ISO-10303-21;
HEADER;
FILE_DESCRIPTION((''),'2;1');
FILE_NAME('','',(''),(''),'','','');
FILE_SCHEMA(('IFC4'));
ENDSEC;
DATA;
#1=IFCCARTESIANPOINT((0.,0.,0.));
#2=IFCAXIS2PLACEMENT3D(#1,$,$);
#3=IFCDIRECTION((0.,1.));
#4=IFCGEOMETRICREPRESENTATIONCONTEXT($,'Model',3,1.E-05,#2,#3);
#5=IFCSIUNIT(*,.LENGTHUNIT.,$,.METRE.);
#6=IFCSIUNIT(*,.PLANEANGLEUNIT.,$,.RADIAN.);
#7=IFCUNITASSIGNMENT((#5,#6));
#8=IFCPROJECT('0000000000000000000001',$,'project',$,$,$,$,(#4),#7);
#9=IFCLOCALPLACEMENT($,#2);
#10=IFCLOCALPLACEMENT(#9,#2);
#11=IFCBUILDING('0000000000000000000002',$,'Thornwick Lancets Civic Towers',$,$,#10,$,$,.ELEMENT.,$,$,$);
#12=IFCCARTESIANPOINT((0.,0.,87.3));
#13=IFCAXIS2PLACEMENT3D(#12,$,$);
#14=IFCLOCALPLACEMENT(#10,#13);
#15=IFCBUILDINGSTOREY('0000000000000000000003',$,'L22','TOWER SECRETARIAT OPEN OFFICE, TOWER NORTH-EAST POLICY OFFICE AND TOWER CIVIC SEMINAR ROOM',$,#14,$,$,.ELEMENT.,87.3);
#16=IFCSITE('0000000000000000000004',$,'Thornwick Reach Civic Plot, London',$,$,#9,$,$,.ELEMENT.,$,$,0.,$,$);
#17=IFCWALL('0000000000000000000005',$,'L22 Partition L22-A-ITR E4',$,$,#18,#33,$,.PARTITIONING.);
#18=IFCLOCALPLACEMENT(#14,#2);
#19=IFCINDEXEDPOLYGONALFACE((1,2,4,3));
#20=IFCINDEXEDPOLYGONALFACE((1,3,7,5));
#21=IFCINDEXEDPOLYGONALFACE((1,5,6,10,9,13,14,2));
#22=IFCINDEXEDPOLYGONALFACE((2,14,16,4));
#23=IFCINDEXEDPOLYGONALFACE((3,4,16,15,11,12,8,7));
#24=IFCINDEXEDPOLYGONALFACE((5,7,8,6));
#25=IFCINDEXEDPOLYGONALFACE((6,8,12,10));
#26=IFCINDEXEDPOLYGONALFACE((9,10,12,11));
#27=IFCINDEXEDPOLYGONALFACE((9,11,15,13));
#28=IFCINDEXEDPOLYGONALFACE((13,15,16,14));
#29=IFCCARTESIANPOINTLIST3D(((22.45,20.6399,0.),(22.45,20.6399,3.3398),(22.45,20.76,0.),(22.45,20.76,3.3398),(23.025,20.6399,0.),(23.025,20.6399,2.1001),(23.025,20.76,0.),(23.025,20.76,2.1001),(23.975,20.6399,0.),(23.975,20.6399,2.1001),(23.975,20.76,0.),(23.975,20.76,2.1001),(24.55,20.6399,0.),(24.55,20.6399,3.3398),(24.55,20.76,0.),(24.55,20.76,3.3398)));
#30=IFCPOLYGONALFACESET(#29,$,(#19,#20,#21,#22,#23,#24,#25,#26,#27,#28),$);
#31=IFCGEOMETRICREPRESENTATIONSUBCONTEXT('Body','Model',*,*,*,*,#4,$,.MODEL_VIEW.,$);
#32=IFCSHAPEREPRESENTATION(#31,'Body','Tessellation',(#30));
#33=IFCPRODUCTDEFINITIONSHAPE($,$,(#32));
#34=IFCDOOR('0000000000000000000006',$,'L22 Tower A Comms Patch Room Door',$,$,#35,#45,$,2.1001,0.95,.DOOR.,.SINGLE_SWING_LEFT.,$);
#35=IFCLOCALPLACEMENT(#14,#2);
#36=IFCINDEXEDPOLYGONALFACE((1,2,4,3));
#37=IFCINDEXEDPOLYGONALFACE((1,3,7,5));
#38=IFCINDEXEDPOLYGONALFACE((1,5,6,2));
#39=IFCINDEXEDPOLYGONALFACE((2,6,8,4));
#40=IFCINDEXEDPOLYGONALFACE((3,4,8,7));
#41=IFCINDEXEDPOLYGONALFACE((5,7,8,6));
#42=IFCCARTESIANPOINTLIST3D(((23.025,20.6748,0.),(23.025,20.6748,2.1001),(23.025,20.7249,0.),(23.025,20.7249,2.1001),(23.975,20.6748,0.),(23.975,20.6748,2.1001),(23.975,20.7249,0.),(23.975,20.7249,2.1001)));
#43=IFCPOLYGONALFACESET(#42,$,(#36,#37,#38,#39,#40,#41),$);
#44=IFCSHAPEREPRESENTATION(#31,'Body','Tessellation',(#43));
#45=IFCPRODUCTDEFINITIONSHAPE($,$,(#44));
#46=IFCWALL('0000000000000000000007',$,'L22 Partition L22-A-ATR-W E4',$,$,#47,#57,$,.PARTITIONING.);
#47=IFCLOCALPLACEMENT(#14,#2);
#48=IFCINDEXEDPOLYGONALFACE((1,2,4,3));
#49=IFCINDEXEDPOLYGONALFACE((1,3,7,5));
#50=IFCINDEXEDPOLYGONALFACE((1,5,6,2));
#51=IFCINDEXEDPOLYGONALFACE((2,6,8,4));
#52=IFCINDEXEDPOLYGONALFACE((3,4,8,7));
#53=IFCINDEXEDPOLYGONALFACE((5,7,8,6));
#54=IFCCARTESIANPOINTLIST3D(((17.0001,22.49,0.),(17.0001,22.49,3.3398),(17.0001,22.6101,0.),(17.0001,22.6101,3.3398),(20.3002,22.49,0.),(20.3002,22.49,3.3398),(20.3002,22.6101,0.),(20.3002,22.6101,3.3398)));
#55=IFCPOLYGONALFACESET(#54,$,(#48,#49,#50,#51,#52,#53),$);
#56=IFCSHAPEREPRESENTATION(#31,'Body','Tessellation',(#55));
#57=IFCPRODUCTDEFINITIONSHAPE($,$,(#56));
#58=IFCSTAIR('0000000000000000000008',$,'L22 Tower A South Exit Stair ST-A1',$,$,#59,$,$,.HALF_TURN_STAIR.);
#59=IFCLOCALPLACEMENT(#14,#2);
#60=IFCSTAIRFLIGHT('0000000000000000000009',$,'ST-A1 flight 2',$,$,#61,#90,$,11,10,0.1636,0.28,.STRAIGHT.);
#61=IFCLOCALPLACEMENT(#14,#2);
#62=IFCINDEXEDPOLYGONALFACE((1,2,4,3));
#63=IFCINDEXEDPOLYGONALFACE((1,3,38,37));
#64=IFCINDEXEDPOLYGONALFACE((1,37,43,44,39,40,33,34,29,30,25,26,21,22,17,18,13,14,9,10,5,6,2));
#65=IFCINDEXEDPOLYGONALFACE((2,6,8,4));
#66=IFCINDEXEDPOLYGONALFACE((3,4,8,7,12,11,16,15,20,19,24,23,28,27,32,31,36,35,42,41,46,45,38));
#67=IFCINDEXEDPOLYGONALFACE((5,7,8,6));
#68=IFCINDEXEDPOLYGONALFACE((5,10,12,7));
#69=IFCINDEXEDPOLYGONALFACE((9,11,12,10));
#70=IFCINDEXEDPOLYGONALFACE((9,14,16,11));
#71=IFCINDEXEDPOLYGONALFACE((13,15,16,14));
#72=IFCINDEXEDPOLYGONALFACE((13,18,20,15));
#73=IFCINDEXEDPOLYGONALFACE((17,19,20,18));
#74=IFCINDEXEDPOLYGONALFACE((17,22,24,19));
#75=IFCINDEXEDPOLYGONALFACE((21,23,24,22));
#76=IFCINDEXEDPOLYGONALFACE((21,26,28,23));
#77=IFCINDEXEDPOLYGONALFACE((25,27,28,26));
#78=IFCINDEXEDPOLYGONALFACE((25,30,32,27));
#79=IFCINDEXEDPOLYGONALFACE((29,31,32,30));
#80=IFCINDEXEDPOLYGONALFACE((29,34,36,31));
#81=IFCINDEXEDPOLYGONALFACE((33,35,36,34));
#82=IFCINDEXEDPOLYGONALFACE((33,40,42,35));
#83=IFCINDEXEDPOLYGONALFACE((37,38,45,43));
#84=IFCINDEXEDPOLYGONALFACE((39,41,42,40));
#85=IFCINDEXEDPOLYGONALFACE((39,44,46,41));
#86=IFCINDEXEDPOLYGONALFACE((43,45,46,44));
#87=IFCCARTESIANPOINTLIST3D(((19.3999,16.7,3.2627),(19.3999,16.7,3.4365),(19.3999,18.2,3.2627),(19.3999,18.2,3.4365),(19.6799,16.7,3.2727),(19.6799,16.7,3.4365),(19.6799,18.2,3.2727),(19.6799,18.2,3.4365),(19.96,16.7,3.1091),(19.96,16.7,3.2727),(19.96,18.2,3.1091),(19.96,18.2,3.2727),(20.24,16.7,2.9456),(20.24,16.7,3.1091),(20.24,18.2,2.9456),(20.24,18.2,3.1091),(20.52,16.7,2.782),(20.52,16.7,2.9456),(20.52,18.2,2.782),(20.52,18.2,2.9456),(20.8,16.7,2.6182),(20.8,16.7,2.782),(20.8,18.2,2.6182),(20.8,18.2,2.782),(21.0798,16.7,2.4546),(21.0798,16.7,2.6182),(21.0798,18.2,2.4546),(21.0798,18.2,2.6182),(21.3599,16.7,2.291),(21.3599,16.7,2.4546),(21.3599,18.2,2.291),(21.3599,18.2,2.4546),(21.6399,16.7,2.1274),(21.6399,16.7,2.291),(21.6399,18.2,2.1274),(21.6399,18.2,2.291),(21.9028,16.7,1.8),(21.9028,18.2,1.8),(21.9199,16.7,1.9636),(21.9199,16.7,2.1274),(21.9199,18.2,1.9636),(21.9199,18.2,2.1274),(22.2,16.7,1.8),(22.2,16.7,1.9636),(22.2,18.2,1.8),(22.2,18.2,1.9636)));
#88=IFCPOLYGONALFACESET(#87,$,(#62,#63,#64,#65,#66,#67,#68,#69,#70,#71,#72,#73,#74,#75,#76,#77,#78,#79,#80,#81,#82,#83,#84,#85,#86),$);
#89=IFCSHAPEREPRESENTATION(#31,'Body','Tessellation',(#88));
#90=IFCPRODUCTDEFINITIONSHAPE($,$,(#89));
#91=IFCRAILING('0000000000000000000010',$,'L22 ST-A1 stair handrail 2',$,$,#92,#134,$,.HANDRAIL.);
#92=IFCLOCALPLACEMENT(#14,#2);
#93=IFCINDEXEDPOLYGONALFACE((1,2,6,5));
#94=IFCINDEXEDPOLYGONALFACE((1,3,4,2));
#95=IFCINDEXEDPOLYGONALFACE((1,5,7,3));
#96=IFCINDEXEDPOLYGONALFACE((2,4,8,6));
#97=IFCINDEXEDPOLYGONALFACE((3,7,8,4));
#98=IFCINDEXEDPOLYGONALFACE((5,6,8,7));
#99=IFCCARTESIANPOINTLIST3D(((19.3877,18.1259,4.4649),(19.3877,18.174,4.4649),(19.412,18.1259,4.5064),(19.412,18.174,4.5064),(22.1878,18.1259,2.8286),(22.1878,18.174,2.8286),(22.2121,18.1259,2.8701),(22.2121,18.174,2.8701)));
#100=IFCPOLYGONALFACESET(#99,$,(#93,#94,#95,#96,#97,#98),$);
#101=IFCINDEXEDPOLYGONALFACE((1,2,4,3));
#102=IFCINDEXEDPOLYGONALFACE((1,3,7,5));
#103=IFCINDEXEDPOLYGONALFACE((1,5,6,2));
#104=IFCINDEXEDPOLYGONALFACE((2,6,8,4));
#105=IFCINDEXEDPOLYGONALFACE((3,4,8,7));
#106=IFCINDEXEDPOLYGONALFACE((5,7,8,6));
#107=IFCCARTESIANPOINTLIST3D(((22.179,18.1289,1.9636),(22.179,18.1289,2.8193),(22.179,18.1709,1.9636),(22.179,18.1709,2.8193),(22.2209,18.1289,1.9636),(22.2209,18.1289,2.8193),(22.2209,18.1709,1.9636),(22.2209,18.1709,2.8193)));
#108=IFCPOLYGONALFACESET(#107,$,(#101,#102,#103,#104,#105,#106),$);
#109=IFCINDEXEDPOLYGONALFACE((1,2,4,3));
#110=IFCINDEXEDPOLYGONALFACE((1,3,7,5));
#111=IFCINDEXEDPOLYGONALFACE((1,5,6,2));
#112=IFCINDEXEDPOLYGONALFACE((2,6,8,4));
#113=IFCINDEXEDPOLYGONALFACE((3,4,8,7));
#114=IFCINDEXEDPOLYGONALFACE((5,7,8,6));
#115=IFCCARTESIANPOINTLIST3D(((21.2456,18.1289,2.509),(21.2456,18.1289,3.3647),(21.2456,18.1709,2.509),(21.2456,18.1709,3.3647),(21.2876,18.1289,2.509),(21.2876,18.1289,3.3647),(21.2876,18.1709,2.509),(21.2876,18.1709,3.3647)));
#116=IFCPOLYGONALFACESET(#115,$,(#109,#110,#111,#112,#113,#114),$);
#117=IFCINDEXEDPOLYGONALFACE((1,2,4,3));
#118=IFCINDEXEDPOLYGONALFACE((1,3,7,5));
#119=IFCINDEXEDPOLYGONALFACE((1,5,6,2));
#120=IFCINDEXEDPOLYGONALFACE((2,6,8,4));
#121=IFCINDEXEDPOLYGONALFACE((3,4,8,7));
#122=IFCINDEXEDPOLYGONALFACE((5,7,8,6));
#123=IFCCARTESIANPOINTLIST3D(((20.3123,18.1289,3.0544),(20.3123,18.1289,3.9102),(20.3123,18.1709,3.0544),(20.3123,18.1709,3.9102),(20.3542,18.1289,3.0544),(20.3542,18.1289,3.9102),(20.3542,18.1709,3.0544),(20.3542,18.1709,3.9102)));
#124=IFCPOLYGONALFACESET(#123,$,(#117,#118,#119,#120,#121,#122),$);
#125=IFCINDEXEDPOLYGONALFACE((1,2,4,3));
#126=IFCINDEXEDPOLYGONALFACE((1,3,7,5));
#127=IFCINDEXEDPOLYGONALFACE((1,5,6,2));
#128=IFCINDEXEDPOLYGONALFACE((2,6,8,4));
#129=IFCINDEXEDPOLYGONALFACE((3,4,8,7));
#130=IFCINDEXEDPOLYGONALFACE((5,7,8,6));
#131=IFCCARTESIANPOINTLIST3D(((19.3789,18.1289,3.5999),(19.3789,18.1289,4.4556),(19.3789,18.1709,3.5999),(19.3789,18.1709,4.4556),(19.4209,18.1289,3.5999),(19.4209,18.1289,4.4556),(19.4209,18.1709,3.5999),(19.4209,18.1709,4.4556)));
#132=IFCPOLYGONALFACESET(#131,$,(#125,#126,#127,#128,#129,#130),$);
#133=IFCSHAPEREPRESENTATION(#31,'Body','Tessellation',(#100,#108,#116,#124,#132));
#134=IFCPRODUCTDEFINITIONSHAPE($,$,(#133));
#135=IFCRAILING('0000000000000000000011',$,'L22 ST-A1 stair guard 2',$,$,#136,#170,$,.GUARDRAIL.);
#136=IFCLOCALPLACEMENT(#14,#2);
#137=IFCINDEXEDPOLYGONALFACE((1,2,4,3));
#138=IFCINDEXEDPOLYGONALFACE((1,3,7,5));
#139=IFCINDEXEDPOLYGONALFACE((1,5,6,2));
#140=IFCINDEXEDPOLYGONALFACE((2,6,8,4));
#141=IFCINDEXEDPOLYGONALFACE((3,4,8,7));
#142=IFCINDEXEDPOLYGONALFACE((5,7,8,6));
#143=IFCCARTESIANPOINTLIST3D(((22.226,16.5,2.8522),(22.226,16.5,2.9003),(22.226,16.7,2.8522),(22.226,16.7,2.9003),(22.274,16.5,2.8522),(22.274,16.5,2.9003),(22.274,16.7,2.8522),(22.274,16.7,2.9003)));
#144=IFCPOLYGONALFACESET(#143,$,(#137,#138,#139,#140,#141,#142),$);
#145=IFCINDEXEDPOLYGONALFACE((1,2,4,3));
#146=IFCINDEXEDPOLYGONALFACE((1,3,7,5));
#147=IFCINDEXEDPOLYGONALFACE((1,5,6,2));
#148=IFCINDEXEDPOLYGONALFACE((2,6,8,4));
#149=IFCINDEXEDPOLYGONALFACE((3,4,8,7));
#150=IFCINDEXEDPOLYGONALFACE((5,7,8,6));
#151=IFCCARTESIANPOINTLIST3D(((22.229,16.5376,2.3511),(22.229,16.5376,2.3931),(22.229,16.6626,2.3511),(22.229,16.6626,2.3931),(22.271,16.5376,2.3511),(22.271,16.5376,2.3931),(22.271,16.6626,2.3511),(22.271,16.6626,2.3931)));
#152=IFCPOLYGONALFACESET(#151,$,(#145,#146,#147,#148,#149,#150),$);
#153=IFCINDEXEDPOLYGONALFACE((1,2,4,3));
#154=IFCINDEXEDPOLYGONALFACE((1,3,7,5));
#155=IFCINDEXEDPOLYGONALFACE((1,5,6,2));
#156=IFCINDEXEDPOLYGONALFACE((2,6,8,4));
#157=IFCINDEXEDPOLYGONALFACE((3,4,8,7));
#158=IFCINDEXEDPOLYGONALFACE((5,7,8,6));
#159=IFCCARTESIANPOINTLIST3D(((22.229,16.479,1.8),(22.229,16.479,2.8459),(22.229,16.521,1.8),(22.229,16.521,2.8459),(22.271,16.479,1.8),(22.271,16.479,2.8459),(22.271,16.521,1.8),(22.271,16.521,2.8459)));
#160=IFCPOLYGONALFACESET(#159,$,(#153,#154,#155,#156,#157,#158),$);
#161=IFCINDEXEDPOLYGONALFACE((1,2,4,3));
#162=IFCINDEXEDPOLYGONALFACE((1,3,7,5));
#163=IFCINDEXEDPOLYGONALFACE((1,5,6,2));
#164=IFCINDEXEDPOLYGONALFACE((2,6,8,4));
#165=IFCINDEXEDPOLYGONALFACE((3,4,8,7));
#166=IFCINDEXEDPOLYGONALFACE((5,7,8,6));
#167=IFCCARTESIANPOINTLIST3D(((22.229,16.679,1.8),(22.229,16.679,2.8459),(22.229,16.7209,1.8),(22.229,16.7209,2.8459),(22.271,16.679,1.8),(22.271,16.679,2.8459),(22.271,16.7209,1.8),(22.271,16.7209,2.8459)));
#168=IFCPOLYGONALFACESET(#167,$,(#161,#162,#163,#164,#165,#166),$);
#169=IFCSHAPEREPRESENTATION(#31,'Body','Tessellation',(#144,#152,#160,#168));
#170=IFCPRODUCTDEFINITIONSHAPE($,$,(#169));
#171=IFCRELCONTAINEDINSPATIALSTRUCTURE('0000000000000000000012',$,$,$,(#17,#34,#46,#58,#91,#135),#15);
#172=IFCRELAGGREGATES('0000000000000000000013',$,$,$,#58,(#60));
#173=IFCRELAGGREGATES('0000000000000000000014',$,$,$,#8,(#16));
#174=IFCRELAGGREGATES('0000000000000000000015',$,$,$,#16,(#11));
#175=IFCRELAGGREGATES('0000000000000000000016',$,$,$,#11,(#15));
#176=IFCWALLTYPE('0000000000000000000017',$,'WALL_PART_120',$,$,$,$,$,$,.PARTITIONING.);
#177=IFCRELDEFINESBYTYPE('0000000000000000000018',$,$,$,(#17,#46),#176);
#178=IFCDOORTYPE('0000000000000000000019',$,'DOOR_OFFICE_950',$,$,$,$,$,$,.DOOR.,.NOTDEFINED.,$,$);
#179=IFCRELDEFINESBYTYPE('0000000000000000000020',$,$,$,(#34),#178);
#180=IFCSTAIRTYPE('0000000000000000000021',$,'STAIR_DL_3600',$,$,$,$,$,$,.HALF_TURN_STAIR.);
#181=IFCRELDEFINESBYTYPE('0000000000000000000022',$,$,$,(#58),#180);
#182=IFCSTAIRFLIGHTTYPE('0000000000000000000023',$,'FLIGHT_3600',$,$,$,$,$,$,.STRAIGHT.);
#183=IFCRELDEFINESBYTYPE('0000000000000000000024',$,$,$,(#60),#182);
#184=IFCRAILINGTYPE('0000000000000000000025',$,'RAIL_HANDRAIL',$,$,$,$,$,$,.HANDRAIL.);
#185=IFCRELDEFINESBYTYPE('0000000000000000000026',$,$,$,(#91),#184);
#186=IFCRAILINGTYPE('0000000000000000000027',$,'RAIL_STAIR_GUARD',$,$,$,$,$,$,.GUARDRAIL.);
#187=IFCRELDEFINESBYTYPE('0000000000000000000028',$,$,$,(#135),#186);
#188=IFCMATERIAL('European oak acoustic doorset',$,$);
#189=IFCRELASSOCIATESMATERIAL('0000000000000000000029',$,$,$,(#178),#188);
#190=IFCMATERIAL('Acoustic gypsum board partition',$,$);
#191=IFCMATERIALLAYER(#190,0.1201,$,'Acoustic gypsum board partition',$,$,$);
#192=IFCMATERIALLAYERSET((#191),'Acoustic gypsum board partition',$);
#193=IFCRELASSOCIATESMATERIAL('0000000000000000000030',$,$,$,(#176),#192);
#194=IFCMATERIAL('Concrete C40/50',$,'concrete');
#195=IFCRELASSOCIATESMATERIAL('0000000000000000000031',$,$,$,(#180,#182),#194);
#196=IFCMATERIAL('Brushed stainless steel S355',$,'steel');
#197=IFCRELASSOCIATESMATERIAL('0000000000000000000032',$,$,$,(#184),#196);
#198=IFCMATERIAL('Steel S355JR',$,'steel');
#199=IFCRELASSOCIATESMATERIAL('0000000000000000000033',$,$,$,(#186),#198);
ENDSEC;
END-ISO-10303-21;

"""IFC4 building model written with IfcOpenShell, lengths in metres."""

from ifc_helpers import new_model, si_unit, direction, frame, frame_2d, origin, origin_2d, place, context, subcontext, project, spatial, polyline, rectangle, outline, extrude, material, layer, layer_set, type_object, element, fill, aggregate, save


model = new_model("IFC4")

# Units and contexts
model_context = context("Model", 3, precision=1e-05, world=origin(), true_north=direction((0.0, 1.0)))
body_context = subcontext(model_context, "Body", "Model", "MODEL_VIEW")
ifc_project = project(units=[si_unit("LENGTHUNIT", "METRE"), si_unit("PLANEANGLEUNIT", "RADIAN")], contexts=[model_context])

# Site, building, storey
site_placement = place(None, origin())
site = spatial("IfcSite", under=ifc_project, at=site_placement, Name="Thornwick Reach Civic Plot, London", CompositionType="ELEMENT", RefElevation=0.0)
building_placement = place(site_placement, origin())
building = spatial("IfcBuilding", under=site, at=building_placement, Name="Thornwick Lancets Civic Towers", CompositionType="ELEMENT")
storey_placement = place(building_placement, frame((0.0, 0.0, 87.3)))
storey = spatial("IfcBuildingStorey", under=building, at=storey_placement, Name="L22", Description="TOWER SECRETARIAT OPEN OFFICE, TOWER NORTH-EAST POLICY OFFICE AND TOWER CIVIC SEMINAR ROOM", CompositionType="ELEMENT", Elevation=87.3)

# Shared definitions
ifc_material_1 = material(Name="Steel S355JR", Category="steel")

# Wall, opening, door
ifc_material_2 = material(Name="European oak acoustic doorset")
door_type_1 = type_object("IfcDoorType", Name="DOOR_OFFICE_950", OperationType="NOTDEFINED", PredefinedType="DOOR", material=ifc_material_2)
ifc_material_3 = material(Name="Acoustic gypsum board partition")
ifc_layer_1 = layer(ifc_material_3, 0.1201, Name="Acoustic gypsum board partition")
ifc_layer_set_1 = layer_set([ifc_layer_1], Name="Acoustic gypsum board partition")
wall_type_1 = type_object("IfcWallType", Name="WALL_PART_120", PredefinedType="PARTITIONING", material=ifc_layer_set_1)
wall_1_placement = place(storey_placement, frame((22.45, 20.7, 0.0), z_axis=(0.0, 0.0, 1.0), x_axis=(1.0, 0.0, 0.0)))
wall_1 = element("IfcWall", 1, at=wall_1_placement, inside=storey, type_object=wall_type_1, Name="L22 Partition L22-A-ITR E4", PredefinedType="PARTITIONING", context=body_context, shape_type="SweptSolid", body=[
    extrude(rectangle(XDim=2.1001, YDim=0.1201, at=frame_2d((1.05, 0.0))), origin(), (0.0, 0.0, 1.0), 3.3398),
])
opening_1_placement = place(wall_1_placement, frame((0.575, 0.0, 0.0)))
opening_1 = element("IfcOpeningElement", 2, at=opening_1_placement, cuts=wall_1, PredefinedType="OPENING", context=body_context, shape_type="SweptSolid", body=[
    extrude(rectangle(XDim=0.95, YDim=2.1001, at=frame_2d((0.4751, 1.05))), frame((0.0, 0.0701, 0.0), z_axis=(0.0, -1.0, 0.0), x_axis=(1.0, 0.0, 0.0)), (0.0, 0.0, 1.0), 0.1401),
])
door_1_placement = place(opening_1_placement, origin())
door_1 = element("IfcDoor", 3, at=door_1_placement, inside=storey, type_object=door_type_1, Name="L22 Tower A Comms Patch Room Door", OperationType="SINGLE_SWING_LEFT", OverallHeight=2.1001, OverallWidth=0.95, PredefinedType="DOOR", context=body_context, shape_type="SweptSolid", body=[
    extrude(rectangle(XDim=0.95, YDim=2.1001, at=frame_2d((0.4751, 1.05))), frame((0.0, 0.0249, 0.0), z_axis=(0.0, -1.0, 0.0), x_axis=(1.0, 0.0, 0.0)), (0.0, 0.0, 1.0), 0.05),
])
fill(opening_1, door_1)

# Wall
wall_2_placement = place(storey_placement, frame((20.3, 22.55, 0.0), z_axis=(0.0, 0.0, 1.0), x_axis=(-1.0, 0.0, 0.0)))
element("IfcWall", 4, at=wall_2_placement, inside=storey, type_object=wall_type_1, Name="L22 Partition L22-A-ATR-W E4", PredefinedType="PARTITIONING", context=body_context, shape_type="SweptSolid", body=[
    extrude(rectangle(XDim=3.3, YDim=0.1201, at=frame_2d((1.6499, 0.0))), origin(), (0.0, 0.0, 1.0), 3.3398),
])

# Stair, stair flight
ifc_material_4 = material(Name="Concrete C40/50", Category="concrete")
stair_type = type_object("IfcStairType", Name="STAIR_DL_3600", PredefinedType="HALF_TURN_STAIR", material=ifc_material_4)
stair_placement = place(storey_placement, origin())
stair = element("IfcStair", 5, at=stair_placement, inside=storey, type_object=stair_type, Name="L22 Tower A South Exit Stair ST-A1", PredefinedType="HALF_TURN_STAIR")
stair_flight_type = type_object("IfcStairFlightType", Name="FLIGHT_3600", PredefinedType="STRAIGHT", material=ifc_material_4)
stair_flight_placement = place(storey_placement, frame((22.2, 17.45, 1.8), z_axis=(0.0, 0.0, 1.0), x_axis=(-1.0, 0.0, 0.0)))
stair_flight = element("IfcStairFlight", 6, at=stair_flight_placement, type_object=stair_flight_type, Name="ST-A1 flight 2", NumberOfRisers=11, NumberOfTreads=10, PredefinedType="STRAIGHT", RiserHeight=0.1636, TreadLength=0.28, context=body_context, shape_type="SweptSolid", body=[
    extrude(outline(polyline([(0.0, 0.0), (0.0, 0.1636), (0.28, 0.1636), (0.28, 0.3274), (0.5601, 0.3274), (0.5601, 0.491), (0.8401, 0.491), (0.8401, 0.6545), (1.1201, 0.6545), (1.1201, 0.8181), (1.3999, 0.8181), (1.3999, 0.9819), (1.6799, 0.9819), (1.6799, 1.1455), (1.96, 1.1455), (1.96, 1.3091), (2.24, 1.3091), (2.24, 1.4727), (2.52, 1.4727), (2.52, 1.6365), (2.8, 1.6365), (2.8, 1.8), (2.8, 1.4626), (0.2971, 0.0), (0.0, 0.0)])), frame((0.0, 0.75, 0.0), z_axis=(0.0, -1.0, 0.0), x_axis=(1.0, 0.0, 0.0)), (0.0, 0.0, 1.0), 1.5),
])
aggregate(stair, [stair_flight])

# Railings
ifc_material_5 = material(Name="Brushed stainless steel S355", Category="steel")
railing_type_1 = type_object("IfcRailingType", Name="RAIL_HANDRAIL", PredefinedType="HANDRAIL", material=ifc_material_5)
railing_1_placement = place(storey_placement, frame((22.2, 18.1499, 1.9636)))
element("IfcRailing", 7, at=railing_1_placement, inside=storey, type_object=railing_type_1, Name="L22 ST-A1 stair handrail 2", PredefinedType="HANDRAIL", context=body_context, shape_type="SweptSolid", body=[
    extrude(rectangle(XDim=0.0481, YDim=0.0481, at=origin_2d()), frame((0.0, 0.0, 0.8857), z_axis=(-0.863394, 0.0, 0.504531), x_axis=(0.0, -1.0, 0.0)), (0.0, 0.0, 1.0), 3.2432),
    extrude(rectangle(XDim=0.042, YDim=0.042, at=origin_2d()), origin(), (0.0, 0.0, 1.0), 0.8557),
    extrude(rectangle(XDim=0.042, YDim=0.042, at=origin_2d()), frame((-0.9333, 0.0, 0.5454)), (0.0, 0.0, 1.0), 0.8557),
    extrude(rectangle(XDim=0.042, YDim=0.042, at=origin_2d()), frame((-1.8667, 0.0, 1.0908)), (0.0, 0.0, 1.0), 0.8557),
    extrude(rectangle(XDim=0.042, YDim=0.042, at=origin_2d()), frame((-2.8, 0.0, 1.6362)), (0.0, 0.0, 1.0), 0.8557),
])
railing_type_2 = type_object("IfcRailingType", Name="RAIL_STAIR_GUARD", PredefinedType="GUARDRAIL", material=ifc_material_1)
railing_2_placement = place(storey_placement, frame((22.25, 16.5, 1.8)))
element("IfcRailing", 8, at=railing_2_placement, inside=storey, type_object=railing_type_2, Name="L22 ST-A1 stair guard 2", PredefinedType="GUARDRAIL", context=body_context, shape_type="SweptSolid", body=[
    extrude(rectangle(XDim=0.0481, YDim=0.0481, at=origin_2d()), frame((0.0, 0.0, 1.0762), z_axis=(0.0, 1.0, 0.0), x_axis=(-1.0, 0.0, 0.0)), (0.0, 0.0, 1.0), 0.2),
    extrude(rectangle(XDim=0.042, YDim=0.042, at=origin_2d()), frame((0.0, 0.0376, 0.572), z_axis=(0.0, 1.0, 0.0), x_axis=(-1.0, 0.0, 0.0)), (0.0, 0.0, 1.0), 0.125),
    extrude(rectangle(XDim=0.042, YDim=0.042, at=origin_2d()), origin(), (0.0, 0.0, 1.0), 1.0459),
    extrude(rectangle(XDim=0.042, YDim=0.042, at=origin_2d()), frame((0.0, 0.2, 0.0)), (0.0, 0.0, 1.0), 1.0459),
])

save(model, "model.ifc")
